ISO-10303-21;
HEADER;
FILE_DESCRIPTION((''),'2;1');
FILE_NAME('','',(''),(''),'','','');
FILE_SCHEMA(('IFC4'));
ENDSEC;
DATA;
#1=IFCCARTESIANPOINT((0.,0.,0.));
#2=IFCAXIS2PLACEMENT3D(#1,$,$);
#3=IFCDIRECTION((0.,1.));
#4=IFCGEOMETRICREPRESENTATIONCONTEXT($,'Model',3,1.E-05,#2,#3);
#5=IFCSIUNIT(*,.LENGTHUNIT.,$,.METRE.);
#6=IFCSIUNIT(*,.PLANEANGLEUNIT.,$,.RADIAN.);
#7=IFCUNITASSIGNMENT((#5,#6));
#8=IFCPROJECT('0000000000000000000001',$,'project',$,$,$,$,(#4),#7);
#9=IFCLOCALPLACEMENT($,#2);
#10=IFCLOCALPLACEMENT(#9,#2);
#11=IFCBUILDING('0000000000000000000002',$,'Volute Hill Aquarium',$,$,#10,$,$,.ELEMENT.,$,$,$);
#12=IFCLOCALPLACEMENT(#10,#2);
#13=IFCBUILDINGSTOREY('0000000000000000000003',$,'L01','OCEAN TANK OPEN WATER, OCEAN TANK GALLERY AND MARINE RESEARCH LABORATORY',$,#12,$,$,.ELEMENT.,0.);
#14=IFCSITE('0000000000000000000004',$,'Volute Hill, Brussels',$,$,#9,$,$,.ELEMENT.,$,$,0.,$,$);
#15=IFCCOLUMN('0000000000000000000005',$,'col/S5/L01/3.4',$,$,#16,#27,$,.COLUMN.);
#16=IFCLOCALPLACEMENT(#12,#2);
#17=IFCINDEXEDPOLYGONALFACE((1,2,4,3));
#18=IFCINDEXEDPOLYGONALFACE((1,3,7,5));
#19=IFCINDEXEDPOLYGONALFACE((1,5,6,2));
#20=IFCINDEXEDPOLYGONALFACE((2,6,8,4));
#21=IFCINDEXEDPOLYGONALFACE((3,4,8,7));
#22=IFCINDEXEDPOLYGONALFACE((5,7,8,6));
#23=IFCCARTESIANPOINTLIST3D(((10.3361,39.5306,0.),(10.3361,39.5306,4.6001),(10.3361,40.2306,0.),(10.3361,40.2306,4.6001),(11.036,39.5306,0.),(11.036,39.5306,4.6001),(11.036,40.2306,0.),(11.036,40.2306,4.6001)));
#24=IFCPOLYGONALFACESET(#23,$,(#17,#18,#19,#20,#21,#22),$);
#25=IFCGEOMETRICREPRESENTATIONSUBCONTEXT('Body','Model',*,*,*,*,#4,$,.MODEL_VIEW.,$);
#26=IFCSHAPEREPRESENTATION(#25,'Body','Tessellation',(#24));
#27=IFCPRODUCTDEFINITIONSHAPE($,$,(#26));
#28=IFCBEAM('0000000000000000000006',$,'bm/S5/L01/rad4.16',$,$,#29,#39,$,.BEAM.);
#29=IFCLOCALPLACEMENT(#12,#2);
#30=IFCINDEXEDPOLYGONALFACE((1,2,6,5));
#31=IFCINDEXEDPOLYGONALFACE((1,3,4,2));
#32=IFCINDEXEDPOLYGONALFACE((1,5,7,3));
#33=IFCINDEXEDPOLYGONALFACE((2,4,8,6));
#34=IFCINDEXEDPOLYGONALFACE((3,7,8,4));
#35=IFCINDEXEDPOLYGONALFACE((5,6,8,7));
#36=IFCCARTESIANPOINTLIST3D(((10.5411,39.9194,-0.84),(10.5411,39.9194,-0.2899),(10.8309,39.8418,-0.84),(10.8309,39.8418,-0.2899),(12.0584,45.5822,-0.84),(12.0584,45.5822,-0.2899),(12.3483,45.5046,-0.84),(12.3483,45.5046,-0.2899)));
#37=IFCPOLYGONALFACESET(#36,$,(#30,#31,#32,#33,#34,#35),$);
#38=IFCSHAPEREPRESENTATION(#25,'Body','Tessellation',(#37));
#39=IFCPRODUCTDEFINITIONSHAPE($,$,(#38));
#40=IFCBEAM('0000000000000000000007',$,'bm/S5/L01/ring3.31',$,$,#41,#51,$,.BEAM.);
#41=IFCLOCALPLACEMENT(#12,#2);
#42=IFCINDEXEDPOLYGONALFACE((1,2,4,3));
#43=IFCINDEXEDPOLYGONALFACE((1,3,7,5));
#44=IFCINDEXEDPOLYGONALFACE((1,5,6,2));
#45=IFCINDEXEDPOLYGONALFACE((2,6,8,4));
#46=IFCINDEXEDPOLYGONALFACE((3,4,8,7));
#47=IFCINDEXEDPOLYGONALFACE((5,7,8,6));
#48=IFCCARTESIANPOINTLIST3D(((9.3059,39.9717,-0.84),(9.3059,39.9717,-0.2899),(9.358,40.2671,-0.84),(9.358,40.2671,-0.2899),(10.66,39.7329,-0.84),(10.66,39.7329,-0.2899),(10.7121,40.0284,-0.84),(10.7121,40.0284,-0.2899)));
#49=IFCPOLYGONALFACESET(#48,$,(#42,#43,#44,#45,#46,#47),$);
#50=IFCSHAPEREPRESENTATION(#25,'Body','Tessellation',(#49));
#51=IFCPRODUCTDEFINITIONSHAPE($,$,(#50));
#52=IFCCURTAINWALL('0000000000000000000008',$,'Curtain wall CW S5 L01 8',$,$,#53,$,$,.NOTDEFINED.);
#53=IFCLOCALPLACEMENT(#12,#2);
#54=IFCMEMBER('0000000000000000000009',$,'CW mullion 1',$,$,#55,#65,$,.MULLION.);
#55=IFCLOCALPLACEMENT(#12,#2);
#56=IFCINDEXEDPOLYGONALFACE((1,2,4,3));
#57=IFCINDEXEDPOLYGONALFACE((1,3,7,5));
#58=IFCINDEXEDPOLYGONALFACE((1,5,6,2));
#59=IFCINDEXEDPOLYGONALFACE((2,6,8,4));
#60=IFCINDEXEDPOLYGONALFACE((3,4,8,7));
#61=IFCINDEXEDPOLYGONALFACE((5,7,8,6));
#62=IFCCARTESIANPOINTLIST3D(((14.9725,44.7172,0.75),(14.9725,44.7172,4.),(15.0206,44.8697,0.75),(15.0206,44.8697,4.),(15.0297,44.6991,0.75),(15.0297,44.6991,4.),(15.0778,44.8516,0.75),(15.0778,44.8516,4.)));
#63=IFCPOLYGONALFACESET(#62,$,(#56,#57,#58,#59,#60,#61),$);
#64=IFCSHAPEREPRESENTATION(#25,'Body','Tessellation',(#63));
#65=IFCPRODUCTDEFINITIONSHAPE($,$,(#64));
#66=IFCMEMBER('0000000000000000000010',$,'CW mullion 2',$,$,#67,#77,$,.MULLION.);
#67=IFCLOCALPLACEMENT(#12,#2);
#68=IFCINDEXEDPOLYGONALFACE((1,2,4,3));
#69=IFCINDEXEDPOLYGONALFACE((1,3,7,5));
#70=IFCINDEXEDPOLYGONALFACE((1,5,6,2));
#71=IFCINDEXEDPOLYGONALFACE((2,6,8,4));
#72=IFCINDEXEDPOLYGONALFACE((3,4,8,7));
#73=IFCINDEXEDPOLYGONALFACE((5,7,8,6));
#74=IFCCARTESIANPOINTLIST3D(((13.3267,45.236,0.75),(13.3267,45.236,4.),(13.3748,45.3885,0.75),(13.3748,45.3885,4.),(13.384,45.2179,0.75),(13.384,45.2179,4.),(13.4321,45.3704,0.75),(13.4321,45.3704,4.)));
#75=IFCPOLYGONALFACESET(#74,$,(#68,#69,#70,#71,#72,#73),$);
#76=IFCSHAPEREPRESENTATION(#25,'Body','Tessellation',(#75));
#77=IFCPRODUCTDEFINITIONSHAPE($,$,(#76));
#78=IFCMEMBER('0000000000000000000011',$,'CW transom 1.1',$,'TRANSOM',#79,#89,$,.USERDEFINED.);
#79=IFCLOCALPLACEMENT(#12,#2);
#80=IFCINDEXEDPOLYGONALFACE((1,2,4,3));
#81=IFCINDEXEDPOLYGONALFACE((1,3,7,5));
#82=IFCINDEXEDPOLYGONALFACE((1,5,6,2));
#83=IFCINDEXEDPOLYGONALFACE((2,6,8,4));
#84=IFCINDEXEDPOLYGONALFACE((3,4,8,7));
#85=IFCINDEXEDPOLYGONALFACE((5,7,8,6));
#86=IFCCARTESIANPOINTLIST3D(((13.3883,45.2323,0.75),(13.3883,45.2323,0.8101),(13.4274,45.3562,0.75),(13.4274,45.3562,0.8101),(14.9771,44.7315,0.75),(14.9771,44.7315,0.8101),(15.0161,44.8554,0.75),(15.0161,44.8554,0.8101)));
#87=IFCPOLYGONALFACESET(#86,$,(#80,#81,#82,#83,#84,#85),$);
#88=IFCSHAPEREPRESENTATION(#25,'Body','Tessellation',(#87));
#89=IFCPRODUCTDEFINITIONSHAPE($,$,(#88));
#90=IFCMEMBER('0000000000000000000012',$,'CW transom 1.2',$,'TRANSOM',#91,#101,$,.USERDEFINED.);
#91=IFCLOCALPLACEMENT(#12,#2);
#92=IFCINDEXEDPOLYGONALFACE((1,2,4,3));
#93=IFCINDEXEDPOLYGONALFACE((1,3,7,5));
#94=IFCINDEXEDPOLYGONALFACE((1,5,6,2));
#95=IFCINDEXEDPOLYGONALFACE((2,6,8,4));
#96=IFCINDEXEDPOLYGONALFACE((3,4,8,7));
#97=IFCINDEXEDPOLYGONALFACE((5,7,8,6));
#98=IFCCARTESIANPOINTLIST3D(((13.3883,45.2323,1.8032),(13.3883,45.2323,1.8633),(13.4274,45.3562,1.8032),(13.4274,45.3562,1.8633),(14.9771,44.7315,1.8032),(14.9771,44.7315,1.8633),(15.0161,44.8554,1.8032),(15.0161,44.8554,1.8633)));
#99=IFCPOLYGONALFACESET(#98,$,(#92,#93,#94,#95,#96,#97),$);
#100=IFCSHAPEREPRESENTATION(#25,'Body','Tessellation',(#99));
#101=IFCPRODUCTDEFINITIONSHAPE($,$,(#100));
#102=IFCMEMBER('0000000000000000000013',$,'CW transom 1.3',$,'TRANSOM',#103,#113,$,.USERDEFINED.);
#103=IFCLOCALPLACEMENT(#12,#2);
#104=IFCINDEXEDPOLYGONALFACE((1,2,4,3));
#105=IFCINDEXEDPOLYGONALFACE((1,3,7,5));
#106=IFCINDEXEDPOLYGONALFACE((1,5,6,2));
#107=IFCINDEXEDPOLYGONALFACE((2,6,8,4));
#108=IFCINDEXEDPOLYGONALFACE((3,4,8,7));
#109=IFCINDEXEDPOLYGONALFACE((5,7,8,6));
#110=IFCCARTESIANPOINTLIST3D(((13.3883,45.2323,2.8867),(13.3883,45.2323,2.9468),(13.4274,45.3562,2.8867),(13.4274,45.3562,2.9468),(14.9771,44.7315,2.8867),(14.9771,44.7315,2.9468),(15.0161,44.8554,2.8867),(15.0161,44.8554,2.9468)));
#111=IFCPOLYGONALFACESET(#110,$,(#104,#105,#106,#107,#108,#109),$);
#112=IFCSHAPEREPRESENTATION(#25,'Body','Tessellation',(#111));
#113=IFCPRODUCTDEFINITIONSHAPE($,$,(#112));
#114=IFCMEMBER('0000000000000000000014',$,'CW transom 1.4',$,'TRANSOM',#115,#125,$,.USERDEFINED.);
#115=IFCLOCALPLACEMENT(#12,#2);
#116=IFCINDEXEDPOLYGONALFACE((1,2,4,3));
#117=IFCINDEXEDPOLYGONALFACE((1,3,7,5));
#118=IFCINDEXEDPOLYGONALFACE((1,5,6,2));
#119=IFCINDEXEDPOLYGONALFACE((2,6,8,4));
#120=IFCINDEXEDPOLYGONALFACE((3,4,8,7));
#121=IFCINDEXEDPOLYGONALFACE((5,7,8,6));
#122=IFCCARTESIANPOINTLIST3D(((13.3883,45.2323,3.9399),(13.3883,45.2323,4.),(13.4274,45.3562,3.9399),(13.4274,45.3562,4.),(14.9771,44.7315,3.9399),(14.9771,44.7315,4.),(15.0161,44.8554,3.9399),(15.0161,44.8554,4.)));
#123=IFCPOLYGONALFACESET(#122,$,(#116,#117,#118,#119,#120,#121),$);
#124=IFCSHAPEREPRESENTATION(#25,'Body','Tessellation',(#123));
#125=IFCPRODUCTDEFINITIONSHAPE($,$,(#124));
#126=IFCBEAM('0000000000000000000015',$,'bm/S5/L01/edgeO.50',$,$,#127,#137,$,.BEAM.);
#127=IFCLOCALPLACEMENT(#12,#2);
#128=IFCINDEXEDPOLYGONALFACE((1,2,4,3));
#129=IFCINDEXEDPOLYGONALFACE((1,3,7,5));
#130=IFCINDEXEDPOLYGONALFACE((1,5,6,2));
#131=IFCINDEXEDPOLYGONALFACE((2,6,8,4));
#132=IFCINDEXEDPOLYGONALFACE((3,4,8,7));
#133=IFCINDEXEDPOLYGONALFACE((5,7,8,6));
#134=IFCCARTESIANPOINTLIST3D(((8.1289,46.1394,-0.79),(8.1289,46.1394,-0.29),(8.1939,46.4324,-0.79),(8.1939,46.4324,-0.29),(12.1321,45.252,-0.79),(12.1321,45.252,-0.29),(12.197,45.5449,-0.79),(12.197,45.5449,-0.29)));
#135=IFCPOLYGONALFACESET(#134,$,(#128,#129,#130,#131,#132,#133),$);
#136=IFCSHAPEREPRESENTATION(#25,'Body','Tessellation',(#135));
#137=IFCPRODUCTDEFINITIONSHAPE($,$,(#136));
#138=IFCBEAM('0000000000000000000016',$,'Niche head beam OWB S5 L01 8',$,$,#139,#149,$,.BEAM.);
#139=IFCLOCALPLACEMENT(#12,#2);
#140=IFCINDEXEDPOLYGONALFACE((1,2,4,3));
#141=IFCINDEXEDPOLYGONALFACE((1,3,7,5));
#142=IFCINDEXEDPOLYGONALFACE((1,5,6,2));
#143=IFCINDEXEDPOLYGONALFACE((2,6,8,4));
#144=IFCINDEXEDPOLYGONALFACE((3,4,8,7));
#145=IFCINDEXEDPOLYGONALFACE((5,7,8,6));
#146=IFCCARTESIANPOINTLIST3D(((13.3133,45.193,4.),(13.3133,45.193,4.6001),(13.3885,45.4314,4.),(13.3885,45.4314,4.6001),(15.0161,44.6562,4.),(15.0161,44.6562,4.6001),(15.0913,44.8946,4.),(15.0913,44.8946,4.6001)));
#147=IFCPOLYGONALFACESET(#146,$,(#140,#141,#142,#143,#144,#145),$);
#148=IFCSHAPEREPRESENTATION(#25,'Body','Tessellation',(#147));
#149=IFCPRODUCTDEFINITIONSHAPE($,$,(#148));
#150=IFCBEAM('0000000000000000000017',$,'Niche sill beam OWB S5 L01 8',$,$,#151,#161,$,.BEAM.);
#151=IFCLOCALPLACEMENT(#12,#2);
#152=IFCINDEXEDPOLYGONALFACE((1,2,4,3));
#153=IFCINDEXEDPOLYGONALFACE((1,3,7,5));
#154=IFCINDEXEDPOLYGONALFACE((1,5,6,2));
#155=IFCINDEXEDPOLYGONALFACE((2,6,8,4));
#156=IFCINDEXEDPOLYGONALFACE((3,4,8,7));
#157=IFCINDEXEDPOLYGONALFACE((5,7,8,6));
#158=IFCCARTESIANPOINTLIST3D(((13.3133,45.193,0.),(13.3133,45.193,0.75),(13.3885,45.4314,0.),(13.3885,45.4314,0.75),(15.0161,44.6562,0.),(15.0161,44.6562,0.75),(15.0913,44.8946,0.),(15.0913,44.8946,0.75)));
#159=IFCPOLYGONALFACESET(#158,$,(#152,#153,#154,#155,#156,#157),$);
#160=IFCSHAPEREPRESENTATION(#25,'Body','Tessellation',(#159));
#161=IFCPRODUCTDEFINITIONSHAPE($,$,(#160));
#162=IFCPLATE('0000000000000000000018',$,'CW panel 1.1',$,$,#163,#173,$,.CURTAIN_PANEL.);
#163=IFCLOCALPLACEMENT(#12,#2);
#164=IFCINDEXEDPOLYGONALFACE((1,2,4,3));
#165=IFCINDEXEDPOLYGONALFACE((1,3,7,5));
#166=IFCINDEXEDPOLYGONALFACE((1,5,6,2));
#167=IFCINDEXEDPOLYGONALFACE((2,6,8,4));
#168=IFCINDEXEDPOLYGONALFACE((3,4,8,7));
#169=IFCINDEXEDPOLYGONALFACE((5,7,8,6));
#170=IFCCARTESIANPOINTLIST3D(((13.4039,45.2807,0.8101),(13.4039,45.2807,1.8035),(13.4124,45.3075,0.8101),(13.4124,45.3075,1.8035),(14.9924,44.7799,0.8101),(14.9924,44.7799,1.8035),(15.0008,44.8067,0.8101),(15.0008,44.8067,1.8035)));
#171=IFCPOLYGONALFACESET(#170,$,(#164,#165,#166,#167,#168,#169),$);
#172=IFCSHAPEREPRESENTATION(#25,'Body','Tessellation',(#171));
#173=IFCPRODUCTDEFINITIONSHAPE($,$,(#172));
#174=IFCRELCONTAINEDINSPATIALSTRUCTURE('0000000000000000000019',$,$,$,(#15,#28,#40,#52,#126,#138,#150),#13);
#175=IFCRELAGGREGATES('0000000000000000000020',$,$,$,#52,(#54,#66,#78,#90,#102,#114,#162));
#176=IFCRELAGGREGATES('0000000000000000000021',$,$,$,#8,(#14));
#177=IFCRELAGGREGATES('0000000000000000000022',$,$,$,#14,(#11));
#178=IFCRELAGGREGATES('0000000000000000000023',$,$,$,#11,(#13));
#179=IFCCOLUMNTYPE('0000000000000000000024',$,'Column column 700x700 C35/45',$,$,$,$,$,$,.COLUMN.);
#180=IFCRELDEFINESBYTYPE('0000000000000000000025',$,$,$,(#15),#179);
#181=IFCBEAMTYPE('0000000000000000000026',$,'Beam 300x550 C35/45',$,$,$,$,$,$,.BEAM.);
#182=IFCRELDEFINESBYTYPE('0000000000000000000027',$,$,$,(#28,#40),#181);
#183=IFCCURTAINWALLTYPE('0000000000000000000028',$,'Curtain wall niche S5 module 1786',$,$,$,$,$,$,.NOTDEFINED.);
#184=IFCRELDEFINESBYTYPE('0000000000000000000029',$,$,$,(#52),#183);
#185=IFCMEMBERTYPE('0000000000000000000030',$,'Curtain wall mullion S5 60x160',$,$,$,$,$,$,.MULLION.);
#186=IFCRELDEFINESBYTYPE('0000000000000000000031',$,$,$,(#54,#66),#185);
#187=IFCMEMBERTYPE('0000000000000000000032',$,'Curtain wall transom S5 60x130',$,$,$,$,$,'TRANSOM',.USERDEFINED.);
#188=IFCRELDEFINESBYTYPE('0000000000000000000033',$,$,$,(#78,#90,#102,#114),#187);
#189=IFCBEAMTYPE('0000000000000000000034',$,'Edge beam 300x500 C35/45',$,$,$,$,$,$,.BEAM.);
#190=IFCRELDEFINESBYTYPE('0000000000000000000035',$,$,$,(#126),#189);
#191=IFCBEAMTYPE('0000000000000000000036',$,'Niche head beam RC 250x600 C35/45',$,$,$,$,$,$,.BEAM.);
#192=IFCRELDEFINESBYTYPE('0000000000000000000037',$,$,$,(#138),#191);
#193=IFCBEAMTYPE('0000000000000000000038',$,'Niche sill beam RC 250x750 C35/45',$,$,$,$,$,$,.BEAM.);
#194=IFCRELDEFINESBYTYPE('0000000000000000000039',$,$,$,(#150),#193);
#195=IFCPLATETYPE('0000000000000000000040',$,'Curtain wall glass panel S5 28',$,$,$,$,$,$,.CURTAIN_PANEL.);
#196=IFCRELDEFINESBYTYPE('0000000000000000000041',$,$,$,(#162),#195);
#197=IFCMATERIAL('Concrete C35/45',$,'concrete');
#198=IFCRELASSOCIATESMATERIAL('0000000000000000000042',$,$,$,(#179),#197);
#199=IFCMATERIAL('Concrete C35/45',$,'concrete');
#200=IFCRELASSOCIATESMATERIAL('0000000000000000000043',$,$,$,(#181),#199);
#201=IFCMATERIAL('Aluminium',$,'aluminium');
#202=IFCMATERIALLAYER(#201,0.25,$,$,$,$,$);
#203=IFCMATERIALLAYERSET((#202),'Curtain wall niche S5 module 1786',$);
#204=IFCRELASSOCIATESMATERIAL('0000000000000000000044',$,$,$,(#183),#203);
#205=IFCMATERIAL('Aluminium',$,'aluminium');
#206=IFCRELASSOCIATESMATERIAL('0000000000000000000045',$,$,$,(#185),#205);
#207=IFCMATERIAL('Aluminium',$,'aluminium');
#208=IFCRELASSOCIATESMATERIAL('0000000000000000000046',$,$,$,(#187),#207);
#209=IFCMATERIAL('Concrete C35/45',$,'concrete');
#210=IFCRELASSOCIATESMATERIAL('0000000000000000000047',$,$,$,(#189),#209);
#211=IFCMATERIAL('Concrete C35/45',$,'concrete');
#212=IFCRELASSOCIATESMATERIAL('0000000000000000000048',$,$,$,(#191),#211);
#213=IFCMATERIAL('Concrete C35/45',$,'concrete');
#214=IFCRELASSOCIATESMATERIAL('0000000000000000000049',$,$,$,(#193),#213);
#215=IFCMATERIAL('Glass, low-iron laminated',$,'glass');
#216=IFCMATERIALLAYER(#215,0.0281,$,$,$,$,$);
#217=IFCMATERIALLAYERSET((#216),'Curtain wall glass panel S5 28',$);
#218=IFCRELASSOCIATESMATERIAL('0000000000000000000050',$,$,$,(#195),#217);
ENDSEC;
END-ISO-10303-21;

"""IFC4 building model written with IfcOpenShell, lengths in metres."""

from ifc_helpers import new_model, si_unit, direction, frame, origin, origin_2d, place, context, subcontext, project, spatial, rectangle, extrude, material, layer, layer_set, material_profile, profile_set, type_object, element, aggregate, save


model = new_model("IFC4")

# Units and contexts
model_context = context("Model", 3, precision=1e-05, world=origin(), true_north=direction((0.0, 1.0)))
body_context = subcontext(model_context, "Body", "Model", "MODEL_VIEW")
ifc_project = project(units=[si_unit("LENGTHUNIT", "METRE"), si_unit("PLANEANGLEUNIT", "RADIAN")], contexts=[model_context])

# Site, building, storey
site_placement = place(None, origin())
site = spatial("IfcSite", under=ifc_project, at=site_placement, Name="Volute Hill, Brussels", CompositionType="ELEMENT", RefElevation=0.0)
building_placement = place(site_placement, origin())
building = spatial("IfcBuilding", under=site, at=building_placement, Name="Volute Hill Aquarium", CompositionType="ELEMENT")
storey_placement = place(building_placement, origin())
storey = spatial("IfcBuildingStorey", under=building, at=storey_placement, Name="L01", Description="OCEAN TANK OPEN WATER, OCEAN TANK GALLERY AND MARINE RESEARCH LABORATORY", CompositionType="ELEMENT", Elevation=0.0)

# Column
ifc_material_1 = material(Name="Concrete C35/45", Category="concrete")
ifc_material_profile_1 = material_profile(ifc_material_1, rectangle(XDim=0.7, YDim=0.7, at=origin_2d()), Name="RC column 700x700")
ifc_profile_set_1 = profile_set([ifc_material_profile_1], Name="Concrete C35/45")
column_type = type_object("IfcColumnType", Name="Column column 700x700 C35/45", PredefinedType="COLUMN", material=ifc_profile_set_1)
column_placement = place(storey_placement, frame((10.686, 39.8806, 0.0), z_axis=(0.0, 0.0, 1.0), x_axis=(1.0, 0.0, 0.0)))
element("IfcColumn", 1, at=column_placement, inside=storey, type_object=column_type, Name="col/S5/L01/3.4", PredefinedType="COLUMN", context=body_context, shape_type="SweptSolid", body=[
    extrude(rectangle(XDim=0.7, YDim=0.7, at=origin_2d()), origin(), (0.0, 0.0, 1.0), 4.6001),
])

# Beams
ifc_material_2 = material(Name="Concrete C35/45", Category="concrete")
ifc_material_profile_2 = material_profile(ifc_material_2, rectangle(XDim=0.3, YDim=0.55, at=origin_2d()), Name="RC beam 300x550")
ifc_profile_set_2 = profile_set([ifc_material_profile_2], Name="Concrete C35/45")
beam_type_1 = type_object("IfcBeamType", Name="Beam 300x550 C35/45", PredefinedType="BEAM", material=ifc_profile_set_2)
beam_1_placement = place(storey_placement, frame((10.686, 39.8806, -0.5649), z_axis=(0.258816, 0.965927, 0.0), x_axis=(-0.965927, 0.258816, 0.0)))
element("IfcBeam", 2, at=beam_1_placement, inside=storey, type_object=beam_type_1, Name="bm/S5/L01/rad4.16", PredefinedType="BEAM", context=body_context, shape_type="SweptSolid", body=[
    extrude(rectangle(XDim=0.3, YDim=0.55, at=origin_2d()), origin(), (0.0, 0.0, 1.0), 5.8625),
])
beam_2_placement = place(storey_placement, frame((10.686, 39.8806, -0.5649), z_axis=(-0.984805, 0.173664, 0.0), x_axis=(-0.173664, -0.984805, 0.0)))
element("IfcBeam", 3, at=beam_2_placement, inside=storey, type_object=beam_type_1, Name="bm/S5/L01/ring3.31", PredefinedType="BEAM", context=body_context, shape_type="SweptSolid", body=[
    extrude(rectangle(XDim=0.3, YDim=0.55, at=origin_2d()), origin(), (0.0, 0.0, 1.0), 1.375),
])

# Curtain wall, members
ifc_material_3 = material(Name="Aluminium", Category="aluminium")
ifc_layer_1 = layer(ifc_material_3, 0.25)
ifc_layer_set_1 = layer_set([ifc_layer_1], Name="Curtain wall niche S5 module 1786")
curtain_wall_type = type_object("IfcCurtainWallType", Name="Curtain wall niche S5 module 1786", PredefinedType="NOTDEFINED", material=ifc_layer_set_1)
curtain_wall_placement = place(storey_placement, origin())
curtain_wall = element("IfcCurtainWall", 4, at=curtain_wall_placement, inside=storey, type_object=curtain_wall_type, Name="Curtain wall CW S5 L01 8", PredefinedType="NOTDEFINED")
ifc_material_4 = material(Name="Aluminium", Category="aluminium")
ifc_material_profile_3 = material_profile(ifc_material_4, rectangle(XDim=0.1599, YDim=0.0601, at=origin_2d()), Name="Curtain wall mullion S5 60x160")
ifc_profile_set_3 = profile_set([ifc_material_profile_3], Name="Aluminium")
member_type_1 = type_object("IfcMemberType", Name="Curtain wall mullion S5 60x160", PredefinedType="MULLION", material=ifc_profile_set_3)
member_1_placement = place(storey_placement, frame((15.0251, 44.7844, 0.75), z_axis=(0.0, 0.0, 1.0), x_axis=(-0.300704, -0.953718, 0.0)))
member_1 = element("IfcMember", 5, at=member_1_placement, type_object=member_type_1, Name="CW mullion 1", PredefinedType="MULLION", context=body_context, shape_type="SweptSolid", body=[
    extrude(rectangle(XDim=0.1599, YDim=0.0601, at=origin_2d()), origin(), (0.0, 0.0, 1.0), 3.25),
])
member_2_placement = place(storey_placement, frame((13.3794, 45.3032, 0.75), z_axis=(0.0, 0.0, 1.0), x_axis=(-0.300704, -0.953718, 0.0)))
member_2 = element("IfcMember", 6, at=member_2_placement, type_object=member_type_1, Name="CW mullion 2", PredefinedType="MULLION", context=body_context, shape_type="SweptSolid", body=[
    extrude(rectangle(XDim=0.1599, YDim=0.0601, at=origin_2d()), origin(), (0.0, 0.0, 1.0), 3.25),
])
ifc_material_5 = material(Name="Aluminium", Category="aluminium")
ifc_material_profile_4 = material_profile(ifc_material_5, rectangle(XDim=0.1299, YDim=0.0601, at=origin_2d()), Name="Curtain wall transom S5 60x130")
ifc_profile_set_4 = profile_set([ifc_material_profile_4], Name="Aluminium")
member_type_2 = type_object("IfcMemberType", Name="Curtain wall transom S5 60x130", ElementType="TRANSOM", PredefinedType="USERDEFINED", material=ifc_profile_set_4)
member_3_placement = place(storey_placement, frame((14.9966, 44.7935, 0.78), z_axis=(-0.953744, 0.300619, 0.0), x_axis=(-0.300619, -0.953744, 0.0)))
member_3 = element("IfcMember", 7, at=member_3_placement, type_object=member_type_2, Name="CW transom 1.1", ObjectType="TRANSOM", PredefinedType="USERDEFINED", context=body_context, shape_type="SweptSolid", body=[
    extrude(rectangle(XDim=0.1299, YDim=0.0601, at=origin_2d()), origin(), (0.0, 0.0, 1.0), 1.6658),
])
member_4_placement = place(storey_placement, frame((14.9966, 44.7935, 1.8333), z_axis=(-0.953744, 0.300619, 0.0), x_axis=(-0.300619, -0.953744, 0.0)))
member_4 = element("IfcMember", 8, at=member_4_placement, type_object=member_type_2, Name="CW transom 1.2", ObjectType="TRANSOM", PredefinedType="USERDEFINED", context=body_context, shape_type="SweptSolid", body=[
    extrude(rectangle(XDim=0.1299, YDim=0.0601, at=origin_2d()), origin(), (0.0, 0.0, 1.0), 1.6658),
])
member_5_placement = place(storey_placement, frame((14.9966, 44.7935, 2.9167), z_axis=(-0.953744, 0.300619, 0.0), x_axis=(-0.300619, -0.953744, 0.0)))
member_5 = element("IfcMember", 9, at=member_5_placement, type_object=member_type_2, Name="CW transom 1.3", ObjectType="TRANSOM", PredefinedType="USERDEFINED", context=body_context, shape_type="SweptSolid", body=[
    extrude(rectangle(XDim=0.1299, YDim=0.0601, at=origin_2d()), origin(), (0.0, 0.0, 1.0), 1.6658),
])
member_6_placement = place(storey_placement, frame((14.9966, 44.7935, 3.97), z_axis=(-0.953744, 0.300619, 0.0), x_axis=(-0.300619, -0.953744, 0.0)))
member_6 = element("IfcMember", 10, at=member_6_placement, type_object=member_type_2, Name="CW transom 1.4", ObjectType="TRANSOM", PredefinedType="USERDEFINED", context=body_context, shape_type="SweptSolid", body=[
    extrude(rectangle(XDim=0.1299, YDim=0.0601, at=origin_2d()), origin(), (0.0, 0.0, 1.0), 1.6658),
])

# Beams
ifc_material_6 = material(Name="Concrete C35/45", Category="concrete")
ifc_material_profile_5 = material_profile(ifc_material_6, rectangle(XDim=0.3, YDim=0.5, at=origin_2d()), Name="RC edge beam 300x500")
ifc_profile_set_5 = profile_set([ifc_material_profile_5], Name="Concrete C35/45")
beam_type_2 = type_object("IfcBeamType", Name="Edge beam 300x500 C35/45", PredefinedType="BEAM", material=ifc_profile_set_5)
beam_3_placement = place(storey_placement, frame((12.1646, 45.3984, -0.54), z_axis=(-0.976298, 0.216432, 0.0), x_axis=(-0.216432, -0.976298, 0.0)))
element("IfcBeam", 11, at=beam_3_placement, inside=storey, type_object=beam_type_2, Name="bm/S5/L01/edgeO.50", PredefinedType="BEAM", context=body_context, shape_type="SweptSolid", body=[
    extrude(rectangle(XDim=0.3, YDim=0.5, at=origin_2d()), origin(), (0.0, 0.0, 1.0), 4.1003),
])
ifc_material_7 = material(Name="Concrete C35/45", Category="concrete")
ifc_material_profile_6 = material_profile(ifc_material_7, rectangle(XDim=0.25, YDim=0.6001, at=origin_2d()), Name="RC beam 250x600")
ifc_profile_set_6 = profile_set([ifc_material_profile_6], Name="Concrete C35/45")
beam_type_3 = type_object("IfcBeamType", Name="Niche head beam RC 250x600 C35/45", PredefinedType="BEAM", material=ifc_profile_set_6)
beam_4_placement = place(storey_placement, frame((15.0537, 44.7754, 4.3), z_axis=(-0.953725, 0.30068, 0.0), x_axis=(-0.30068, -0.953725, 0.0)))
element("IfcBeam", 12, at=beam_4_placement, inside=storey, type_object=beam_type_3, Name="Niche head beam OWB S5 L01 8", PredefinedType="BEAM", context=body_context, shape_type="SweptSolid", body=[
    extrude(rectangle(XDim=0.25, YDim=0.6001, at=origin_2d()), origin(), (0.0, 0.0, 1.0), 1.7854),
])
ifc_material_8 = material(Name="Concrete C35/45", Category="concrete")
ifc_material_profile_7 = material_profile(ifc_material_8, rectangle(XDim=0.25, YDim=0.75, at=origin_2d()), Name="RC beam 250x750")
ifc_profile_set_7 = profile_set([ifc_material_profile_7], Name="Concrete C35/45")
beam_type_4 = type_object("IfcBeamType", Name="Niche sill beam RC 250x750 C35/45", PredefinedType="BEAM", material=ifc_profile_set_7)
beam_5_placement = place(storey_placement, frame((15.0537, 44.7754, 0.375), z_axis=(-0.953725, 0.30068, 0.0), x_axis=(-0.30068, -0.953725, 0.0)))
element("IfcBeam", 13, at=beam_5_placement, inside=storey, type_object=beam_type_4, Name="Niche sill beam OWB S5 L01 8", PredefinedType="BEAM", context=body_context, shape_type="SweptSolid", body=[
    extrude(rectangle(XDim=0.25, YDim=0.75, at=origin_2d()), origin(), (0.0, 0.0, 1.0), 1.7854),
])

# Plate
ifc_material_9 = material(Name="Glass, low-iron laminated", Category="glass")
ifc_layer_2 = layer(ifc_material_9, 0.0281)
ifc_layer_set_2 = layer_set([ifc_layer_2], Name="Curtain wall glass panel S5 28")
plate_type = type_object("IfcPlateType", Name="Curtain wall glass panel S5 28", PredefinedType="CURTAIN_PANEL", material=ifc_layer_set_2)
plate_1_placement = place(storey_placement, frame((14.2024, 45.0437, 0.8101), z_axis=(0.0, 0.0, 1.0), x_axis=(-0.953718, 0.300704, 0.0)))
plate_1 = element("IfcPlate", 14, at=plate_1_placement, type_object=plate_type, Name="CW panel 1.1", PredefinedType="CURTAIN_PANEL", context=body_context, shape_type="SweptSolid", body=[
    extrude(rectangle(XDim=1.6655, YDim=0.0281, at=origin_2d()), origin(), (0.0, 0.0, 1.0), 0.9934),
])
aggregate(curtain_wall, [member_1, member_2, member_3, member_4, member_5, member_6, plate_1])

save(model, "model.ifc")
